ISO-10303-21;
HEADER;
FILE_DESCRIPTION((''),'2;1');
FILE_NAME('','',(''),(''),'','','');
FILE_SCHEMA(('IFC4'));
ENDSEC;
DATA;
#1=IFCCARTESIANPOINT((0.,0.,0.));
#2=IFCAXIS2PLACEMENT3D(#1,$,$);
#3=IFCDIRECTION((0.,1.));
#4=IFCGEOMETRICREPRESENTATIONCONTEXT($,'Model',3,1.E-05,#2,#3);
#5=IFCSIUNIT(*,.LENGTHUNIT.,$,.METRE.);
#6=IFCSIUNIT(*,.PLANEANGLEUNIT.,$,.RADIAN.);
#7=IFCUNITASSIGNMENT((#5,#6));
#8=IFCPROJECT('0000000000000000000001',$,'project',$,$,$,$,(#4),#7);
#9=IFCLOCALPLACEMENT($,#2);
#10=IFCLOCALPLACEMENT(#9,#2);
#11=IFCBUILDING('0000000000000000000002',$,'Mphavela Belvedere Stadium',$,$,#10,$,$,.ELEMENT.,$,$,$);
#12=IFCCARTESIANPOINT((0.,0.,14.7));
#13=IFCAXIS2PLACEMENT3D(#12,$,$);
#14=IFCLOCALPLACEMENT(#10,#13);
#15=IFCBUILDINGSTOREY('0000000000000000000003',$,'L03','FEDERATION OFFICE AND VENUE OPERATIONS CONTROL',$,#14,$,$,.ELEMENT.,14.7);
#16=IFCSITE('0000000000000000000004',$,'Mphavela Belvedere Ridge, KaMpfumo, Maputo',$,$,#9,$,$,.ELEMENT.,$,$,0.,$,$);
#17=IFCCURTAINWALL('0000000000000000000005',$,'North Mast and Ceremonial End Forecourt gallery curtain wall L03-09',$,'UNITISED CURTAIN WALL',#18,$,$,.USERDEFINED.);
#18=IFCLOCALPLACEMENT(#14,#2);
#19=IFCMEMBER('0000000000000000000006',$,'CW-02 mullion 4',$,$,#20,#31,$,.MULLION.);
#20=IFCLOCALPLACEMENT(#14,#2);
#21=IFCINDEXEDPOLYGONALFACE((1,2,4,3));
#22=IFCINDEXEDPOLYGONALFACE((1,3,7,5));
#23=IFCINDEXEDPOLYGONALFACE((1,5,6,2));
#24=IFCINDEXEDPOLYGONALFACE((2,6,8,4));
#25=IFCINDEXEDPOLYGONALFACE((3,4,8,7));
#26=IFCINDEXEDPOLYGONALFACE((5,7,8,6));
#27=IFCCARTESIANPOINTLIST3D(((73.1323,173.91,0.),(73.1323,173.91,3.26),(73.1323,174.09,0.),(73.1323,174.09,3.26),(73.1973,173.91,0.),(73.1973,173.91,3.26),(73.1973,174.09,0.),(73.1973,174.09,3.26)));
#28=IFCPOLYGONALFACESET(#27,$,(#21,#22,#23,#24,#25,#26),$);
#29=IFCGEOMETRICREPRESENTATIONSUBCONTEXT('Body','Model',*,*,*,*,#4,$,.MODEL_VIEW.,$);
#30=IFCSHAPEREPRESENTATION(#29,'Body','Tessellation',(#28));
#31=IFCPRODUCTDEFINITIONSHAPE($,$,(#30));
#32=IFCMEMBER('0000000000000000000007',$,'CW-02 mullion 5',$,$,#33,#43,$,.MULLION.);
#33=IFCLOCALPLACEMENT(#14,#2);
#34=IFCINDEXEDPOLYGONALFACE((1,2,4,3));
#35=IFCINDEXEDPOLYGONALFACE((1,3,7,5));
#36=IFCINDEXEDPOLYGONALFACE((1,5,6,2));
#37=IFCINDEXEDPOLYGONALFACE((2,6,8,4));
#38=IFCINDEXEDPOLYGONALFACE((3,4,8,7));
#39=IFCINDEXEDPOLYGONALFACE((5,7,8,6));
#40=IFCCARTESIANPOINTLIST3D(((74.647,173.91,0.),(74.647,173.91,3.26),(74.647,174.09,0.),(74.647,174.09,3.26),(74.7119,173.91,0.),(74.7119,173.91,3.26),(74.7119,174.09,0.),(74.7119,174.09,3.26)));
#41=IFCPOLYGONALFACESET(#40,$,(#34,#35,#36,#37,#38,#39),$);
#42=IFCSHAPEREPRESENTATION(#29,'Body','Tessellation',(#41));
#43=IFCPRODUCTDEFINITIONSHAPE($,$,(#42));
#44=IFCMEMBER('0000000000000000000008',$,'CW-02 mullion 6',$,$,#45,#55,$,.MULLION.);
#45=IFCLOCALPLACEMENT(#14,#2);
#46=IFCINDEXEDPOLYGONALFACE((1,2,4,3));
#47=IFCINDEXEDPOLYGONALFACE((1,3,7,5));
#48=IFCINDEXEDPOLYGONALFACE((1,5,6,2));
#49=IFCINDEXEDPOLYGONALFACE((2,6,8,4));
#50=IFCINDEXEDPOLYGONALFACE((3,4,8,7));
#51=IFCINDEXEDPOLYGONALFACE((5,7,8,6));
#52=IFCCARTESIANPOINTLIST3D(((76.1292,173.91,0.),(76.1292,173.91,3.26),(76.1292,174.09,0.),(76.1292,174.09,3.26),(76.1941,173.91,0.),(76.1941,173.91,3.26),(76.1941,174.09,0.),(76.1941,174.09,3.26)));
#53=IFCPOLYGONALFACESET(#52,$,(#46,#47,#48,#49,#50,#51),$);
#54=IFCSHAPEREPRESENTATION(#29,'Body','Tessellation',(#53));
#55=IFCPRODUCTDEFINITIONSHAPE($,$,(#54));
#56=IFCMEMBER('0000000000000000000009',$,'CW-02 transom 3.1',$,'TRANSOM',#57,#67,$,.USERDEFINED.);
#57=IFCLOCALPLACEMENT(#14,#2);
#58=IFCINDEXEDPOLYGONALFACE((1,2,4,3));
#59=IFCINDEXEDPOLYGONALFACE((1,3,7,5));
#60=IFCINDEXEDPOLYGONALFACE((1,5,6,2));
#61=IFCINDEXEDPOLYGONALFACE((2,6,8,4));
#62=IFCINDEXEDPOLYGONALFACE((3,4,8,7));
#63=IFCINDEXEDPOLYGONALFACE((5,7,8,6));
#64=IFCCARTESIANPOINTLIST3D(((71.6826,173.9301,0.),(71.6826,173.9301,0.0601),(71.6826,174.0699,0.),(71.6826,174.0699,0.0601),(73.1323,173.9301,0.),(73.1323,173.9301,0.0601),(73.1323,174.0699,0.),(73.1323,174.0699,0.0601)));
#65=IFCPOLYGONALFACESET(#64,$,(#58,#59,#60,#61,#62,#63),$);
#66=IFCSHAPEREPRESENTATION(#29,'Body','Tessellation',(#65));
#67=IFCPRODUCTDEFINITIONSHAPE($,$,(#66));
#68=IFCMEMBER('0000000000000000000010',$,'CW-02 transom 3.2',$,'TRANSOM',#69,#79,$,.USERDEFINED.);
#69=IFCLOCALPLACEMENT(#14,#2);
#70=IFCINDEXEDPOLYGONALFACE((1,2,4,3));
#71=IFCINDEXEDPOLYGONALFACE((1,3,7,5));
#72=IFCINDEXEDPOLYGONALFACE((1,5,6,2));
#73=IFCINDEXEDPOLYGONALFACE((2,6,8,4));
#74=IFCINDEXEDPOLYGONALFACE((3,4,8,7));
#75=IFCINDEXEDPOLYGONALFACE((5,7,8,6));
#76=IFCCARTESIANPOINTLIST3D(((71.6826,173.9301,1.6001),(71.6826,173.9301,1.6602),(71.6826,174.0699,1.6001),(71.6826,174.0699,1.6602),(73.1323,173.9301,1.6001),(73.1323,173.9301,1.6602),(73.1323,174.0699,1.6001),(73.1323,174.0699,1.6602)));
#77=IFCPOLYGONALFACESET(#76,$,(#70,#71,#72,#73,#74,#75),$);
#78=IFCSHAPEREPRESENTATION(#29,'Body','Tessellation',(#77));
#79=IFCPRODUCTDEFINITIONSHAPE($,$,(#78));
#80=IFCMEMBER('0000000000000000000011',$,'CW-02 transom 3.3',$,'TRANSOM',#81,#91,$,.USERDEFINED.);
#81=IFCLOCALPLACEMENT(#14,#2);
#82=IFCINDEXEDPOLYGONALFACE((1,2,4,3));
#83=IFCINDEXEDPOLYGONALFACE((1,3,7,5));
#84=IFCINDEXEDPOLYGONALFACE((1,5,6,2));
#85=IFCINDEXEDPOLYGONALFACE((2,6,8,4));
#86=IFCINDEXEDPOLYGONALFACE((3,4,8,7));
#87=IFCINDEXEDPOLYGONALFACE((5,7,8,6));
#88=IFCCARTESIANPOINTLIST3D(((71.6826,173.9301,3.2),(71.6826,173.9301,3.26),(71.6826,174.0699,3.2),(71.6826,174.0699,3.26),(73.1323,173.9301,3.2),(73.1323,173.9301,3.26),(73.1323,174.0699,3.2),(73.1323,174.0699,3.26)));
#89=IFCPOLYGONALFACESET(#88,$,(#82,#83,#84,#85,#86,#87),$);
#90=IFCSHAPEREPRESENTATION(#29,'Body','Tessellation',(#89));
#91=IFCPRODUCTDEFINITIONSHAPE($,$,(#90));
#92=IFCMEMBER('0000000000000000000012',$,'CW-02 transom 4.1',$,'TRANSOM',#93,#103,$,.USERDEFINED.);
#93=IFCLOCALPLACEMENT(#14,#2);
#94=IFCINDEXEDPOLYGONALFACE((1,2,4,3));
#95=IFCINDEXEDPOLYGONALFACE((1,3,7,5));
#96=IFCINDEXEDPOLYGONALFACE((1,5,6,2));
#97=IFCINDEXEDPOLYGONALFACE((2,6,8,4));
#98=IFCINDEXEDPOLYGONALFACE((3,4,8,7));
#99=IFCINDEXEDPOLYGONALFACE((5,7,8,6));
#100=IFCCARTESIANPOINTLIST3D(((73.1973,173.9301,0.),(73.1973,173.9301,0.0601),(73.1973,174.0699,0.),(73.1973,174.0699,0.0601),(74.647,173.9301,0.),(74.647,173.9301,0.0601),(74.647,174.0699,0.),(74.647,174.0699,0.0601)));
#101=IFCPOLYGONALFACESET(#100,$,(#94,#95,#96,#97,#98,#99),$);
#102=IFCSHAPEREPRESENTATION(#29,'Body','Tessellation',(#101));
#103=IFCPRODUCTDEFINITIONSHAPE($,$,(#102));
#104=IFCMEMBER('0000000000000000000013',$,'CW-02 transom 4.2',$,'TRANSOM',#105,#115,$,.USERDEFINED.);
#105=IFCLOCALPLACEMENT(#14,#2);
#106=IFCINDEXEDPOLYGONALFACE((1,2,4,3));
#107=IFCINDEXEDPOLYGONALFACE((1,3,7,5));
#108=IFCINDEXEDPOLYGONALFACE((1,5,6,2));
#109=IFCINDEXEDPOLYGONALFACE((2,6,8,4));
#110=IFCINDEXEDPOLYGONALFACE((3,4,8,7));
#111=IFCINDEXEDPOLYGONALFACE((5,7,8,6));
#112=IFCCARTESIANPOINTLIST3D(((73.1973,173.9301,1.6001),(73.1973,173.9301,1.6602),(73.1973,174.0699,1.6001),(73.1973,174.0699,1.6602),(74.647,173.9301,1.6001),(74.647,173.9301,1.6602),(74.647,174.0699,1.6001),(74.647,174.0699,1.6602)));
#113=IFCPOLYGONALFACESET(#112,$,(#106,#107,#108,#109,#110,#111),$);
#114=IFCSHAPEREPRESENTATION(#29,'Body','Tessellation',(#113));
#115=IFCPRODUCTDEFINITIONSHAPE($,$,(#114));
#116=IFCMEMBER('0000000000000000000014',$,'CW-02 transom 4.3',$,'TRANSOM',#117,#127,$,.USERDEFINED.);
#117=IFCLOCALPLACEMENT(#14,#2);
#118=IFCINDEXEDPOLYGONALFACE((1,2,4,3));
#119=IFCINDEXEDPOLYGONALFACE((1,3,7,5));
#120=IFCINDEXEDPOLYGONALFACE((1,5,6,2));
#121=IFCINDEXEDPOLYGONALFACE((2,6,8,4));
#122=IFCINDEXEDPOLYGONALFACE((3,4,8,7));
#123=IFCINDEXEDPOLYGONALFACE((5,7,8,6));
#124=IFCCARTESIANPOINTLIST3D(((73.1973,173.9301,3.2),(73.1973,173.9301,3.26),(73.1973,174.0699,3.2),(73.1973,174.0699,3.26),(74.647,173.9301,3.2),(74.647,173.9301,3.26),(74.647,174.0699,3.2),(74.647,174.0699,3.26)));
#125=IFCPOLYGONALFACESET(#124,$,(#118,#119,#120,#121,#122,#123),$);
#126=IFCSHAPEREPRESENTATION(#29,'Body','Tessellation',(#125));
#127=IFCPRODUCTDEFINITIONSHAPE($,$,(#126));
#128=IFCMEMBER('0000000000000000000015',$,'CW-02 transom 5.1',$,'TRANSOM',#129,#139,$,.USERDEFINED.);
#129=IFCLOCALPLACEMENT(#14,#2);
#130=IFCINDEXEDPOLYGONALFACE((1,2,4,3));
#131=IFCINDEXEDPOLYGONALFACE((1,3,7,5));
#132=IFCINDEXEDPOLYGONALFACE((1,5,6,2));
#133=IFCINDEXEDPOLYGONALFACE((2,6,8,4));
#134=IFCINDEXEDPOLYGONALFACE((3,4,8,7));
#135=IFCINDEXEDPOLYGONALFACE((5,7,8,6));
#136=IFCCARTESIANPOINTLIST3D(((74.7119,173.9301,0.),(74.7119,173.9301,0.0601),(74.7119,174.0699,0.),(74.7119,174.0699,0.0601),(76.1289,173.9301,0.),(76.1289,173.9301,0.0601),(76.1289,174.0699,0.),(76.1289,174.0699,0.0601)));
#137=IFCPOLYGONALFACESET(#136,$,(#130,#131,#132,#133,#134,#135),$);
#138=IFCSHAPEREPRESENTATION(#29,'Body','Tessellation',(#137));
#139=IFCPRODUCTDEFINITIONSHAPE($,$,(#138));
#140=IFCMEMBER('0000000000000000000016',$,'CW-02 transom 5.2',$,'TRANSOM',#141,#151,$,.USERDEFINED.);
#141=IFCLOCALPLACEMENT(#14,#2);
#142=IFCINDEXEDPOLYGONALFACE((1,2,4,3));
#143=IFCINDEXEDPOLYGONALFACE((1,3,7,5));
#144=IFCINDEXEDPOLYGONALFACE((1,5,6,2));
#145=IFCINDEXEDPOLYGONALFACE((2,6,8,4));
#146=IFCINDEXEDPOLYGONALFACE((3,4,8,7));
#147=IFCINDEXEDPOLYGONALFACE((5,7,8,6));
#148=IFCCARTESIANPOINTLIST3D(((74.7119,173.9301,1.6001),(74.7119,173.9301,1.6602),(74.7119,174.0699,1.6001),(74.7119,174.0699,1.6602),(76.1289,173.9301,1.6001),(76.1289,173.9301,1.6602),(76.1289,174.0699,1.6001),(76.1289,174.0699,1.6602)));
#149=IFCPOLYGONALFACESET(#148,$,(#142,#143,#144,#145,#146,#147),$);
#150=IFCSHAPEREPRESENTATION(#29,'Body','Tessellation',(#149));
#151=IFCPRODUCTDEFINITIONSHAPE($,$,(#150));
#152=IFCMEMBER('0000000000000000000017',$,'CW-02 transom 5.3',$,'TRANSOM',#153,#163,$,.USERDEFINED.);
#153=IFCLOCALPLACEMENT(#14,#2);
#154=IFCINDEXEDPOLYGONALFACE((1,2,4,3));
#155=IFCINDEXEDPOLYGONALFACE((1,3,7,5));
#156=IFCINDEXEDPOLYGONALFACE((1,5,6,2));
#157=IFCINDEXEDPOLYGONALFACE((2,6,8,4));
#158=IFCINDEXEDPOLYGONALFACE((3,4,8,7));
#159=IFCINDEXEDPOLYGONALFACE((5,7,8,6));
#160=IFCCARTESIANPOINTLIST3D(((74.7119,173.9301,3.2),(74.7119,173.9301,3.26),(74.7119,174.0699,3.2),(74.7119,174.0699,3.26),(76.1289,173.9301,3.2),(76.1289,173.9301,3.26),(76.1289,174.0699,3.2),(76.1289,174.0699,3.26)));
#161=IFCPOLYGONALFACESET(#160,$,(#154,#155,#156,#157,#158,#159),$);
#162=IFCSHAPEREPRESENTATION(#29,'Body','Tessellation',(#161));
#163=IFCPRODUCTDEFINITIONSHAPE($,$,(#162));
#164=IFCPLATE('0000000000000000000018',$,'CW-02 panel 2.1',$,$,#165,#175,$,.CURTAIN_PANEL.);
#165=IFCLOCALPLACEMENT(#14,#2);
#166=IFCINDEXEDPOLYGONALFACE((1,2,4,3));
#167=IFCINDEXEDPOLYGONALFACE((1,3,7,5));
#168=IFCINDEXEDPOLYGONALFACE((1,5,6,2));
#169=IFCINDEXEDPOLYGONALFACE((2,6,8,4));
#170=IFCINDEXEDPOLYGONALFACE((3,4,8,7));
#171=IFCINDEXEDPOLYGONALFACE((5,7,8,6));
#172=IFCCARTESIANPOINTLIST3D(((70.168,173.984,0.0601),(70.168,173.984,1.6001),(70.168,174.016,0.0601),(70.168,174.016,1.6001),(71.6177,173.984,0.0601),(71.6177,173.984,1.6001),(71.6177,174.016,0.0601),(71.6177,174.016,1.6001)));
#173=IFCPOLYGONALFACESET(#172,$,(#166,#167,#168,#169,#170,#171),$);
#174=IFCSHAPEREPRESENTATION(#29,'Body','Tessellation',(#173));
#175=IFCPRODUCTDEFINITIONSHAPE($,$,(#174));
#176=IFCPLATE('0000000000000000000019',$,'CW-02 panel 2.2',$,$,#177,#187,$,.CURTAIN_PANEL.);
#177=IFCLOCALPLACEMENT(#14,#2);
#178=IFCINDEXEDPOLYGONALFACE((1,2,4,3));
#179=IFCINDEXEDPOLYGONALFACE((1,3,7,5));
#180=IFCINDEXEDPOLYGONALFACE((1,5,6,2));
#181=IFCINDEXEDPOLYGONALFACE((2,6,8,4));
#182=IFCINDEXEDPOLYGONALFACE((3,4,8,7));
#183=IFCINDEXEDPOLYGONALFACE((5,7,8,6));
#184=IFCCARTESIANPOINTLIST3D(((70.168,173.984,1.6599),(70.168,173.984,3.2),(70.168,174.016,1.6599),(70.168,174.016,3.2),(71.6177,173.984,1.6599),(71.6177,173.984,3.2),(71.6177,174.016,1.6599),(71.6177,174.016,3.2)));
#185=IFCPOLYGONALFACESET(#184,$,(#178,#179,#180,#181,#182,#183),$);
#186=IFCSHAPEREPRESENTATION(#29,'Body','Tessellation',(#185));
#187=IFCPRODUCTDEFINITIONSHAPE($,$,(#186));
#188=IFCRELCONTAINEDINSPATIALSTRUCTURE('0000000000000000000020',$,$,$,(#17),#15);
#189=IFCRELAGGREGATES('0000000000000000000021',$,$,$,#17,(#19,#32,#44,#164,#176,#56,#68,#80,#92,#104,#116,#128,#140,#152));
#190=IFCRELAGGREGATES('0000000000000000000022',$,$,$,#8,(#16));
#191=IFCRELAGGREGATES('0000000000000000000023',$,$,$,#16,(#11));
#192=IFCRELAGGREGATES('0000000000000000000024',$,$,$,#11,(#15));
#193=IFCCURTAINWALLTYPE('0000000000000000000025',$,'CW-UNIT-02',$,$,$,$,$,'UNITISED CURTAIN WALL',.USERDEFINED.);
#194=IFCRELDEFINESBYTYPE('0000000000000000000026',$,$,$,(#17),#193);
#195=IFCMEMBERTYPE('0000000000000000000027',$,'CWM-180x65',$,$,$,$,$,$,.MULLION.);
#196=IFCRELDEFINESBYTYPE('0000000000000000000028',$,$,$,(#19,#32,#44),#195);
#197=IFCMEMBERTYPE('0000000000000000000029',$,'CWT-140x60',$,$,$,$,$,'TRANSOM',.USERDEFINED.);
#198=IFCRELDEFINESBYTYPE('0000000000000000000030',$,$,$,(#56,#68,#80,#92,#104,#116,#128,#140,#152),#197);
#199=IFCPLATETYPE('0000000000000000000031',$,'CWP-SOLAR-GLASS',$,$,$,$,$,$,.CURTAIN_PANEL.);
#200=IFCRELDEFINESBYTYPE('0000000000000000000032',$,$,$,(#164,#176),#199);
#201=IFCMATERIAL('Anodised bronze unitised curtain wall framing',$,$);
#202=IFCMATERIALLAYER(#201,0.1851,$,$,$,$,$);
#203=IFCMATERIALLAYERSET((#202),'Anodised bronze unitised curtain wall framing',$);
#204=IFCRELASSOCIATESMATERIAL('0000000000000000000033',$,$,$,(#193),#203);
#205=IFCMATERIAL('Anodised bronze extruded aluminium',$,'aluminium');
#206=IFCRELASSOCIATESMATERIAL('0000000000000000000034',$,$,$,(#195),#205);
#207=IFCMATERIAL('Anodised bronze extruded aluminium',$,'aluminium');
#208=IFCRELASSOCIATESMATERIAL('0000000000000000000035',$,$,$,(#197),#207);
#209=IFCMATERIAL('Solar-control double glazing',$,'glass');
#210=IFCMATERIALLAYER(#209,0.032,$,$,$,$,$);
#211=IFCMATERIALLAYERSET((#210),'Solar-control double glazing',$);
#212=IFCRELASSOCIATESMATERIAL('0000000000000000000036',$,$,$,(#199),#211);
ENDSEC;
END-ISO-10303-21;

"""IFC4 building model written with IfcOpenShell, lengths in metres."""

from ifc_helpers import new_model, si_unit, direction, frame, origin, origin_2d, place, context, subcontext, project, spatial, rectangle, extrude, material, layer, layer_set, material_profile, profile_set, type_object, element, aggregate, save


model = new_model("IFC4")

# Units and contexts
model_context = context("Model", 3, precision=1e-05, world=origin(), true_north=direction((0.0, 1.0)))
body_context = subcontext(model_context, "Body", "Model", "MODEL_VIEW")
ifc_project = project(units=[si_unit("LENGTHUNIT", "METRE"), si_unit("PLANEANGLEUNIT", "RADIAN")], contexts=[model_context])

# Site, building, storey
site_placement = place(None, origin())
site = spatial("IfcSite", under=ifc_project, at=site_placement, Name="Mphavela Belvedere Ridge, KaMpfumo, Maputo", CompositionType="ELEMENT", RefElevation=0.0)
building_placement = place(site_placement, origin())
building = spatial("IfcBuilding", under=site, at=building_placement, Name="Mphavela Belvedere Stadium", CompositionType="ELEMENT")
storey_placement = place(building_placement, frame((0.0, 0.0, 14.7)))
storey = spatial("IfcBuildingStorey", under=building, at=storey_placement, Name="L03", Description="FEDERATION OFFICE AND VENUE OPERATIONS CONTROL", CompositionType="ELEMENT", Elevation=14.7)

# Curtain wall, members, plates
ifc_material_1 = material(Name="Anodised bronze unitised curtain wall framing")
ifc_layer_1 = layer(ifc_material_1, 0.1851)
ifc_layer_set_1 = layer_set([ifc_layer_1], Name="Anodised bronze unitised curtain wall framing")
curtain_wall_type = type_object("IfcCurtainWallType", Name="CW-UNIT-02", ElementType="UNITISED CURTAIN WALL", PredefinedType="USERDEFINED", material=ifc_layer_set_1)
curtain_wall_placement = place(storey_placement, origin())
curtain_wall = element("IfcCurtainWall", 1, at=curtain_wall_placement, inside=storey, type_object=curtain_wall_type, Name="North Mast and Ceremonial End Forecourt gallery curtain wall L03-09", ObjectType="UNITISED CURTAIN WALL", PredefinedType="USERDEFINED")
ifc_material_2 = material(Name="Anodised bronze extruded aluminium", Category="aluminium")
ifc_material_profile_1 = material_profile(ifc_material_2, rectangle(XDim=0.1799, YDim=0.0649, at=origin_2d()), Name="CW-MUL 180x65")
ifc_profile_set_1 = profile_set([ifc_material_profile_1], Name="Anodised bronze extruded aluminium")
member_type_1 = type_object("IfcMemberType", Name="CWM-180x65", PredefinedType="MULLION", material=ifc_profile_set_1)
member_1_placement = place(storey_placement, frame((73.1648, 174.0, 0.0), z_axis=(0.0, 0.0, 1.0), x_axis=(0.0, 1.0, 0.0)))
member_1 = element("IfcMember", 2, at=member_1_placement, type_object=member_type_1, Name="CW-02 mullion 4", PredefinedType="MULLION", context=body_context, shape_type="SweptSolid", body=[
    extrude(rectangle(XDim=0.1799, YDim=0.0649, at=origin_2d()), origin(), (0.0, 0.0, 1.0), 3.26),
])
member_2_placement = place(storey_placement, frame((74.6794, 174.0, 0.0), z_axis=(0.0, 0.0, 1.0), x_axis=(0.0, 1.0, 0.0)))
member_2 = element("IfcMember", 3, at=member_2_placement, type_object=member_type_1, Name="CW-02 mullion 5", PredefinedType="MULLION", context=body_context, shape_type="SweptSolid", body=[
    extrude(rectangle(XDim=0.1799, YDim=0.0649, at=origin_2d()), origin(), (0.0, 0.0, 1.0), 3.26),
])
member_3_placement = place(storey_placement, frame((76.1616, 174.0, 0.0), z_axis=(0.0, 0.0, 1.0), x_axis=(0.0, 1.0, 0.0)))
member_3 = element("IfcMember", 4, at=member_3_placement, type_object=member_type_1, Name="CW-02 mullion 6", PredefinedType="MULLION", context=body_context, shape_type="SweptSolid", body=[
    extrude(rectangle(XDim=0.1799, YDim=0.0649, at=origin_2d()), origin(), (0.0, 0.0, 1.0), 3.26),
])
ifc_material_3 = material(Name="Anodised bronze extruded aluminium", Category="aluminium")
ifc_material_profile_2 = material_profile(ifc_material_3, rectangle(XDim=0.1399, YDim=0.0601, at=origin_2d()), Name="CW-TRN 140x60")
ifc_profile_set_2 = profile_set([ifc_material_profile_2], Name="Anodised bronze extruded aluminium")
member_type_2 = type_object("IfcMemberType", Name="CWT-140x60", ElementType="TRANSOM", PredefinedType="USERDEFINED", material=ifc_profile_set_2)
member_4_placement = place(storey_placement, frame((71.6826, 174.0, 0.03), z_axis=(1.0, 0.0, 0.0), x_axis=(0.0, 1.0, 0.0)))
member_4 = element("IfcMember", 5, at=member_4_placement, type_object=member_type_2, Name="CW-02 transom 3.1", ObjectType="TRANSOM", PredefinedType="USERDEFINED", context=body_context, shape_type="SweptSolid", body=[
    extrude(rectangle(XDim=0.1399, YDim=0.0601, at=origin_2d()), origin(), (0.0, 0.0, 1.0), 1.4497),
])
member_5_placement = place(storey_placement, frame((71.6826, 174.0, 1.6301), z_axis=(1.0, 0.0, 0.0), x_axis=(0.0, 1.0, 0.0)))
member_5 = element("IfcMember", 6, at=member_5_placement, type_object=member_type_2, Name="CW-02 transom 3.2", ObjectType="TRANSOM", PredefinedType="USERDEFINED", context=body_context, shape_type="SweptSolid", body=[
    extrude(rectangle(XDim=0.1399, YDim=0.0601, at=origin_2d()), origin(), (0.0, 0.0, 1.0), 1.4497),
])
member_6_placement = place(storey_placement, frame((71.6826, 174.0, 3.23), z_axis=(1.0, 0.0, 0.0), x_axis=(0.0, 1.0, 0.0)))
member_6 = element("IfcMember", 7, at=member_6_placement, type_object=member_type_2, Name="CW-02 transom 3.3", ObjectType="TRANSOM", PredefinedType="USERDEFINED", context=body_context, shape_type="SweptSolid", body=[
    extrude(rectangle(XDim=0.1399, YDim=0.0601, at=origin_2d()), origin(), (0.0, 0.0, 1.0), 1.4497),
])
member_7_placement = place(storey_placement, frame((73.1973, 174.0, 0.03), z_axis=(1.0, 0.0, 0.0), x_axis=(0.0, 1.0, 0.0)))
member_7 = element("IfcMember", 8, at=member_7_placement, type_object=member_type_2, Name="CW-02 transom 4.1", ObjectType="TRANSOM", PredefinedType="USERDEFINED", context=body_context, shape_type="SweptSolid", body=[
    extrude(rectangle(XDim=0.1399, YDim=0.0601, at=origin_2d()), origin(), (0.0, 0.0, 1.0), 1.4497),
])
member_8_placement = place(storey_placement, frame((73.1973, 174.0, 1.6301), z_axis=(1.0, 0.0, 0.0), x_axis=(0.0, 1.0, 0.0)))
member_8 = element("IfcMember", 9, at=member_8_placement, type_object=member_type_2, Name="CW-02 transom 4.2", ObjectType="TRANSOM", PredefinedType="USERDEFINED", context=body_context, shape_type="SweptSolid", body=[
    extrude(rectangle(XDim=0.1399, YDim=0.0601, at=origin_2d()), origin(), (0.0, 0.0, 1.0), 1.4497),
])
member_9_placement = place(storey_placement, frame((73.1973, 174.0, 3.23), z_axis=(1.0, 0.0, 0.0), x_axis=(0.0, 1.0, 0.0)))
member_9 = element("IfcMember", 10, at=member_9_placement, type_object=member_type_2, Name="CW-02 transom 4.3", ObjectType="TRANSOM", PredefinedType="USERDEFINED", context=body_context, shape_type="SweptSolid", body=[
    extrude(rectangle(XDim=0.1399, YDim=0.0601, at=origin_2d()), origin(), (0.0, 0.0, 1.0), 1.4497),
])
member_10_placement = place(storey_placement, frame((74.7119, 174.0, 0.03), z_axis=(1.0, 0.0, 0.0), x_axis=(0.0, 1.0, 0.0)))
member_10 = element("IfcMember", 11, at=member_10_placement, type_object=member_type_2, Name="CW-02 transom 5.1", ObjectType="TRANSOM", PredefinedType="USERDEFINED", context=body_context, shape_type="SweptSolid", body=[
    extrude(rectangle(XDim=0.1399, YDim=0.0601, at=origin_2d()), origin(), (0.0, 0.0, 1.0), 1.417),
])
member_11_placement = place(storey_placement, frame((74.7119, 174.0, 1.6301), z_axis=(1.0, 0.0, 0.0), x_axis=(0.0, 1.0, 0.0)))
member_11 = element("IfcMember", 12, at=member_11_placement, type_object=member_type_2, Name="CW-02 transom 5.2", ObjectType="TRANSOM", PredefinedType="USERDEFINED", context=body_context, shape_type="SweptSolid", body=[
    extrude(rectangle(XDim=0.1399, YDim=0.0601, at=origin_2d()), origin(), (0.0, 0.0, 1.0), 1.417),
])
member_12_placement = place(storey_placement, frame((74.7119, 174.0, 3.23), z_axis=(1.0, 0.0, 0.0), x_axis=(0.0, 1.0, 0.0)))
member_12 = element("IfcMember", 13, at=member_12_placement, type_object=member_type_2, Name="CW-02 transom 5.3", ObjectType="TRANSOM", PredefinedType="USERDEFINED", context=body_context, shape_type="SweptSolid", body=[
    extrude(rectangle(XDim=0.1399, YDim=0.0601, at=origin_2d()), origin(), (0.0, 0.0, 1.0), 1.417),
])
ifc_material_4 = material(Name="Solar-control double glazing", Category="glass")
ifc_layer_2 = layer(ifc_material_4, 0.032)
ifc_layer_set_2 = layer_set([ifc_layer_2], Name="Solar-control double glazing")
plate_type = type_object("IfcPlateType", Name="CWP-SOLAR-GLASS", PredefinedType="CURTAIN_PANEL", material=ifc_layer_set_2)
plate_1_placement = place(storey_placement, frame((70.8928, 174.0, 0.0601), z_axis=(0.0, 0.0, 1.0), x_axis=(1.0, 0.0, 0.0)))
plate_1 = element("IfcPlate", 14, at=plate_1_placement, type_object=plate_type, Name="CW-02 panel 2.1", PredefinedType="CURTAIN_PANEL", context=body_context, shape_type="SweptSolid", body=[
    extrude(rectangle(XDim=1.4497, YDim=0.032, at=origin_2d()), origin(), (0.0, 0.0, 1.0), 1.54),
])
plate_2_placement = place(storey_placement, frame((70.8928, 174.0, 1.6599), z_axis=(0.0, 0.0, 1.0), x_axis=(1.0, 0.0, 0.0)))
plate_2 = element("IfcPlate", 15, at=plate_2_placement, type_object=plate_type, Name="CW-02 panel 2.2", PredefinedType="CURTAIN_PANEL", context=body_context, shape_type="SweptSolid", body=[
    extrude(rectangle(XDim=1.4497, YDim=0.032, at=origin_2d()), origin(), (0.0, 0.0, 1.0), 1.54),
])
aggregate(curtain_wall, [member_1, member_2, member_3, plate_1, plate_2, member_4, member_5, member_6, member_7, member_8, member_9, member_10, member_11, member_12])

save(model, "model.ifc")
